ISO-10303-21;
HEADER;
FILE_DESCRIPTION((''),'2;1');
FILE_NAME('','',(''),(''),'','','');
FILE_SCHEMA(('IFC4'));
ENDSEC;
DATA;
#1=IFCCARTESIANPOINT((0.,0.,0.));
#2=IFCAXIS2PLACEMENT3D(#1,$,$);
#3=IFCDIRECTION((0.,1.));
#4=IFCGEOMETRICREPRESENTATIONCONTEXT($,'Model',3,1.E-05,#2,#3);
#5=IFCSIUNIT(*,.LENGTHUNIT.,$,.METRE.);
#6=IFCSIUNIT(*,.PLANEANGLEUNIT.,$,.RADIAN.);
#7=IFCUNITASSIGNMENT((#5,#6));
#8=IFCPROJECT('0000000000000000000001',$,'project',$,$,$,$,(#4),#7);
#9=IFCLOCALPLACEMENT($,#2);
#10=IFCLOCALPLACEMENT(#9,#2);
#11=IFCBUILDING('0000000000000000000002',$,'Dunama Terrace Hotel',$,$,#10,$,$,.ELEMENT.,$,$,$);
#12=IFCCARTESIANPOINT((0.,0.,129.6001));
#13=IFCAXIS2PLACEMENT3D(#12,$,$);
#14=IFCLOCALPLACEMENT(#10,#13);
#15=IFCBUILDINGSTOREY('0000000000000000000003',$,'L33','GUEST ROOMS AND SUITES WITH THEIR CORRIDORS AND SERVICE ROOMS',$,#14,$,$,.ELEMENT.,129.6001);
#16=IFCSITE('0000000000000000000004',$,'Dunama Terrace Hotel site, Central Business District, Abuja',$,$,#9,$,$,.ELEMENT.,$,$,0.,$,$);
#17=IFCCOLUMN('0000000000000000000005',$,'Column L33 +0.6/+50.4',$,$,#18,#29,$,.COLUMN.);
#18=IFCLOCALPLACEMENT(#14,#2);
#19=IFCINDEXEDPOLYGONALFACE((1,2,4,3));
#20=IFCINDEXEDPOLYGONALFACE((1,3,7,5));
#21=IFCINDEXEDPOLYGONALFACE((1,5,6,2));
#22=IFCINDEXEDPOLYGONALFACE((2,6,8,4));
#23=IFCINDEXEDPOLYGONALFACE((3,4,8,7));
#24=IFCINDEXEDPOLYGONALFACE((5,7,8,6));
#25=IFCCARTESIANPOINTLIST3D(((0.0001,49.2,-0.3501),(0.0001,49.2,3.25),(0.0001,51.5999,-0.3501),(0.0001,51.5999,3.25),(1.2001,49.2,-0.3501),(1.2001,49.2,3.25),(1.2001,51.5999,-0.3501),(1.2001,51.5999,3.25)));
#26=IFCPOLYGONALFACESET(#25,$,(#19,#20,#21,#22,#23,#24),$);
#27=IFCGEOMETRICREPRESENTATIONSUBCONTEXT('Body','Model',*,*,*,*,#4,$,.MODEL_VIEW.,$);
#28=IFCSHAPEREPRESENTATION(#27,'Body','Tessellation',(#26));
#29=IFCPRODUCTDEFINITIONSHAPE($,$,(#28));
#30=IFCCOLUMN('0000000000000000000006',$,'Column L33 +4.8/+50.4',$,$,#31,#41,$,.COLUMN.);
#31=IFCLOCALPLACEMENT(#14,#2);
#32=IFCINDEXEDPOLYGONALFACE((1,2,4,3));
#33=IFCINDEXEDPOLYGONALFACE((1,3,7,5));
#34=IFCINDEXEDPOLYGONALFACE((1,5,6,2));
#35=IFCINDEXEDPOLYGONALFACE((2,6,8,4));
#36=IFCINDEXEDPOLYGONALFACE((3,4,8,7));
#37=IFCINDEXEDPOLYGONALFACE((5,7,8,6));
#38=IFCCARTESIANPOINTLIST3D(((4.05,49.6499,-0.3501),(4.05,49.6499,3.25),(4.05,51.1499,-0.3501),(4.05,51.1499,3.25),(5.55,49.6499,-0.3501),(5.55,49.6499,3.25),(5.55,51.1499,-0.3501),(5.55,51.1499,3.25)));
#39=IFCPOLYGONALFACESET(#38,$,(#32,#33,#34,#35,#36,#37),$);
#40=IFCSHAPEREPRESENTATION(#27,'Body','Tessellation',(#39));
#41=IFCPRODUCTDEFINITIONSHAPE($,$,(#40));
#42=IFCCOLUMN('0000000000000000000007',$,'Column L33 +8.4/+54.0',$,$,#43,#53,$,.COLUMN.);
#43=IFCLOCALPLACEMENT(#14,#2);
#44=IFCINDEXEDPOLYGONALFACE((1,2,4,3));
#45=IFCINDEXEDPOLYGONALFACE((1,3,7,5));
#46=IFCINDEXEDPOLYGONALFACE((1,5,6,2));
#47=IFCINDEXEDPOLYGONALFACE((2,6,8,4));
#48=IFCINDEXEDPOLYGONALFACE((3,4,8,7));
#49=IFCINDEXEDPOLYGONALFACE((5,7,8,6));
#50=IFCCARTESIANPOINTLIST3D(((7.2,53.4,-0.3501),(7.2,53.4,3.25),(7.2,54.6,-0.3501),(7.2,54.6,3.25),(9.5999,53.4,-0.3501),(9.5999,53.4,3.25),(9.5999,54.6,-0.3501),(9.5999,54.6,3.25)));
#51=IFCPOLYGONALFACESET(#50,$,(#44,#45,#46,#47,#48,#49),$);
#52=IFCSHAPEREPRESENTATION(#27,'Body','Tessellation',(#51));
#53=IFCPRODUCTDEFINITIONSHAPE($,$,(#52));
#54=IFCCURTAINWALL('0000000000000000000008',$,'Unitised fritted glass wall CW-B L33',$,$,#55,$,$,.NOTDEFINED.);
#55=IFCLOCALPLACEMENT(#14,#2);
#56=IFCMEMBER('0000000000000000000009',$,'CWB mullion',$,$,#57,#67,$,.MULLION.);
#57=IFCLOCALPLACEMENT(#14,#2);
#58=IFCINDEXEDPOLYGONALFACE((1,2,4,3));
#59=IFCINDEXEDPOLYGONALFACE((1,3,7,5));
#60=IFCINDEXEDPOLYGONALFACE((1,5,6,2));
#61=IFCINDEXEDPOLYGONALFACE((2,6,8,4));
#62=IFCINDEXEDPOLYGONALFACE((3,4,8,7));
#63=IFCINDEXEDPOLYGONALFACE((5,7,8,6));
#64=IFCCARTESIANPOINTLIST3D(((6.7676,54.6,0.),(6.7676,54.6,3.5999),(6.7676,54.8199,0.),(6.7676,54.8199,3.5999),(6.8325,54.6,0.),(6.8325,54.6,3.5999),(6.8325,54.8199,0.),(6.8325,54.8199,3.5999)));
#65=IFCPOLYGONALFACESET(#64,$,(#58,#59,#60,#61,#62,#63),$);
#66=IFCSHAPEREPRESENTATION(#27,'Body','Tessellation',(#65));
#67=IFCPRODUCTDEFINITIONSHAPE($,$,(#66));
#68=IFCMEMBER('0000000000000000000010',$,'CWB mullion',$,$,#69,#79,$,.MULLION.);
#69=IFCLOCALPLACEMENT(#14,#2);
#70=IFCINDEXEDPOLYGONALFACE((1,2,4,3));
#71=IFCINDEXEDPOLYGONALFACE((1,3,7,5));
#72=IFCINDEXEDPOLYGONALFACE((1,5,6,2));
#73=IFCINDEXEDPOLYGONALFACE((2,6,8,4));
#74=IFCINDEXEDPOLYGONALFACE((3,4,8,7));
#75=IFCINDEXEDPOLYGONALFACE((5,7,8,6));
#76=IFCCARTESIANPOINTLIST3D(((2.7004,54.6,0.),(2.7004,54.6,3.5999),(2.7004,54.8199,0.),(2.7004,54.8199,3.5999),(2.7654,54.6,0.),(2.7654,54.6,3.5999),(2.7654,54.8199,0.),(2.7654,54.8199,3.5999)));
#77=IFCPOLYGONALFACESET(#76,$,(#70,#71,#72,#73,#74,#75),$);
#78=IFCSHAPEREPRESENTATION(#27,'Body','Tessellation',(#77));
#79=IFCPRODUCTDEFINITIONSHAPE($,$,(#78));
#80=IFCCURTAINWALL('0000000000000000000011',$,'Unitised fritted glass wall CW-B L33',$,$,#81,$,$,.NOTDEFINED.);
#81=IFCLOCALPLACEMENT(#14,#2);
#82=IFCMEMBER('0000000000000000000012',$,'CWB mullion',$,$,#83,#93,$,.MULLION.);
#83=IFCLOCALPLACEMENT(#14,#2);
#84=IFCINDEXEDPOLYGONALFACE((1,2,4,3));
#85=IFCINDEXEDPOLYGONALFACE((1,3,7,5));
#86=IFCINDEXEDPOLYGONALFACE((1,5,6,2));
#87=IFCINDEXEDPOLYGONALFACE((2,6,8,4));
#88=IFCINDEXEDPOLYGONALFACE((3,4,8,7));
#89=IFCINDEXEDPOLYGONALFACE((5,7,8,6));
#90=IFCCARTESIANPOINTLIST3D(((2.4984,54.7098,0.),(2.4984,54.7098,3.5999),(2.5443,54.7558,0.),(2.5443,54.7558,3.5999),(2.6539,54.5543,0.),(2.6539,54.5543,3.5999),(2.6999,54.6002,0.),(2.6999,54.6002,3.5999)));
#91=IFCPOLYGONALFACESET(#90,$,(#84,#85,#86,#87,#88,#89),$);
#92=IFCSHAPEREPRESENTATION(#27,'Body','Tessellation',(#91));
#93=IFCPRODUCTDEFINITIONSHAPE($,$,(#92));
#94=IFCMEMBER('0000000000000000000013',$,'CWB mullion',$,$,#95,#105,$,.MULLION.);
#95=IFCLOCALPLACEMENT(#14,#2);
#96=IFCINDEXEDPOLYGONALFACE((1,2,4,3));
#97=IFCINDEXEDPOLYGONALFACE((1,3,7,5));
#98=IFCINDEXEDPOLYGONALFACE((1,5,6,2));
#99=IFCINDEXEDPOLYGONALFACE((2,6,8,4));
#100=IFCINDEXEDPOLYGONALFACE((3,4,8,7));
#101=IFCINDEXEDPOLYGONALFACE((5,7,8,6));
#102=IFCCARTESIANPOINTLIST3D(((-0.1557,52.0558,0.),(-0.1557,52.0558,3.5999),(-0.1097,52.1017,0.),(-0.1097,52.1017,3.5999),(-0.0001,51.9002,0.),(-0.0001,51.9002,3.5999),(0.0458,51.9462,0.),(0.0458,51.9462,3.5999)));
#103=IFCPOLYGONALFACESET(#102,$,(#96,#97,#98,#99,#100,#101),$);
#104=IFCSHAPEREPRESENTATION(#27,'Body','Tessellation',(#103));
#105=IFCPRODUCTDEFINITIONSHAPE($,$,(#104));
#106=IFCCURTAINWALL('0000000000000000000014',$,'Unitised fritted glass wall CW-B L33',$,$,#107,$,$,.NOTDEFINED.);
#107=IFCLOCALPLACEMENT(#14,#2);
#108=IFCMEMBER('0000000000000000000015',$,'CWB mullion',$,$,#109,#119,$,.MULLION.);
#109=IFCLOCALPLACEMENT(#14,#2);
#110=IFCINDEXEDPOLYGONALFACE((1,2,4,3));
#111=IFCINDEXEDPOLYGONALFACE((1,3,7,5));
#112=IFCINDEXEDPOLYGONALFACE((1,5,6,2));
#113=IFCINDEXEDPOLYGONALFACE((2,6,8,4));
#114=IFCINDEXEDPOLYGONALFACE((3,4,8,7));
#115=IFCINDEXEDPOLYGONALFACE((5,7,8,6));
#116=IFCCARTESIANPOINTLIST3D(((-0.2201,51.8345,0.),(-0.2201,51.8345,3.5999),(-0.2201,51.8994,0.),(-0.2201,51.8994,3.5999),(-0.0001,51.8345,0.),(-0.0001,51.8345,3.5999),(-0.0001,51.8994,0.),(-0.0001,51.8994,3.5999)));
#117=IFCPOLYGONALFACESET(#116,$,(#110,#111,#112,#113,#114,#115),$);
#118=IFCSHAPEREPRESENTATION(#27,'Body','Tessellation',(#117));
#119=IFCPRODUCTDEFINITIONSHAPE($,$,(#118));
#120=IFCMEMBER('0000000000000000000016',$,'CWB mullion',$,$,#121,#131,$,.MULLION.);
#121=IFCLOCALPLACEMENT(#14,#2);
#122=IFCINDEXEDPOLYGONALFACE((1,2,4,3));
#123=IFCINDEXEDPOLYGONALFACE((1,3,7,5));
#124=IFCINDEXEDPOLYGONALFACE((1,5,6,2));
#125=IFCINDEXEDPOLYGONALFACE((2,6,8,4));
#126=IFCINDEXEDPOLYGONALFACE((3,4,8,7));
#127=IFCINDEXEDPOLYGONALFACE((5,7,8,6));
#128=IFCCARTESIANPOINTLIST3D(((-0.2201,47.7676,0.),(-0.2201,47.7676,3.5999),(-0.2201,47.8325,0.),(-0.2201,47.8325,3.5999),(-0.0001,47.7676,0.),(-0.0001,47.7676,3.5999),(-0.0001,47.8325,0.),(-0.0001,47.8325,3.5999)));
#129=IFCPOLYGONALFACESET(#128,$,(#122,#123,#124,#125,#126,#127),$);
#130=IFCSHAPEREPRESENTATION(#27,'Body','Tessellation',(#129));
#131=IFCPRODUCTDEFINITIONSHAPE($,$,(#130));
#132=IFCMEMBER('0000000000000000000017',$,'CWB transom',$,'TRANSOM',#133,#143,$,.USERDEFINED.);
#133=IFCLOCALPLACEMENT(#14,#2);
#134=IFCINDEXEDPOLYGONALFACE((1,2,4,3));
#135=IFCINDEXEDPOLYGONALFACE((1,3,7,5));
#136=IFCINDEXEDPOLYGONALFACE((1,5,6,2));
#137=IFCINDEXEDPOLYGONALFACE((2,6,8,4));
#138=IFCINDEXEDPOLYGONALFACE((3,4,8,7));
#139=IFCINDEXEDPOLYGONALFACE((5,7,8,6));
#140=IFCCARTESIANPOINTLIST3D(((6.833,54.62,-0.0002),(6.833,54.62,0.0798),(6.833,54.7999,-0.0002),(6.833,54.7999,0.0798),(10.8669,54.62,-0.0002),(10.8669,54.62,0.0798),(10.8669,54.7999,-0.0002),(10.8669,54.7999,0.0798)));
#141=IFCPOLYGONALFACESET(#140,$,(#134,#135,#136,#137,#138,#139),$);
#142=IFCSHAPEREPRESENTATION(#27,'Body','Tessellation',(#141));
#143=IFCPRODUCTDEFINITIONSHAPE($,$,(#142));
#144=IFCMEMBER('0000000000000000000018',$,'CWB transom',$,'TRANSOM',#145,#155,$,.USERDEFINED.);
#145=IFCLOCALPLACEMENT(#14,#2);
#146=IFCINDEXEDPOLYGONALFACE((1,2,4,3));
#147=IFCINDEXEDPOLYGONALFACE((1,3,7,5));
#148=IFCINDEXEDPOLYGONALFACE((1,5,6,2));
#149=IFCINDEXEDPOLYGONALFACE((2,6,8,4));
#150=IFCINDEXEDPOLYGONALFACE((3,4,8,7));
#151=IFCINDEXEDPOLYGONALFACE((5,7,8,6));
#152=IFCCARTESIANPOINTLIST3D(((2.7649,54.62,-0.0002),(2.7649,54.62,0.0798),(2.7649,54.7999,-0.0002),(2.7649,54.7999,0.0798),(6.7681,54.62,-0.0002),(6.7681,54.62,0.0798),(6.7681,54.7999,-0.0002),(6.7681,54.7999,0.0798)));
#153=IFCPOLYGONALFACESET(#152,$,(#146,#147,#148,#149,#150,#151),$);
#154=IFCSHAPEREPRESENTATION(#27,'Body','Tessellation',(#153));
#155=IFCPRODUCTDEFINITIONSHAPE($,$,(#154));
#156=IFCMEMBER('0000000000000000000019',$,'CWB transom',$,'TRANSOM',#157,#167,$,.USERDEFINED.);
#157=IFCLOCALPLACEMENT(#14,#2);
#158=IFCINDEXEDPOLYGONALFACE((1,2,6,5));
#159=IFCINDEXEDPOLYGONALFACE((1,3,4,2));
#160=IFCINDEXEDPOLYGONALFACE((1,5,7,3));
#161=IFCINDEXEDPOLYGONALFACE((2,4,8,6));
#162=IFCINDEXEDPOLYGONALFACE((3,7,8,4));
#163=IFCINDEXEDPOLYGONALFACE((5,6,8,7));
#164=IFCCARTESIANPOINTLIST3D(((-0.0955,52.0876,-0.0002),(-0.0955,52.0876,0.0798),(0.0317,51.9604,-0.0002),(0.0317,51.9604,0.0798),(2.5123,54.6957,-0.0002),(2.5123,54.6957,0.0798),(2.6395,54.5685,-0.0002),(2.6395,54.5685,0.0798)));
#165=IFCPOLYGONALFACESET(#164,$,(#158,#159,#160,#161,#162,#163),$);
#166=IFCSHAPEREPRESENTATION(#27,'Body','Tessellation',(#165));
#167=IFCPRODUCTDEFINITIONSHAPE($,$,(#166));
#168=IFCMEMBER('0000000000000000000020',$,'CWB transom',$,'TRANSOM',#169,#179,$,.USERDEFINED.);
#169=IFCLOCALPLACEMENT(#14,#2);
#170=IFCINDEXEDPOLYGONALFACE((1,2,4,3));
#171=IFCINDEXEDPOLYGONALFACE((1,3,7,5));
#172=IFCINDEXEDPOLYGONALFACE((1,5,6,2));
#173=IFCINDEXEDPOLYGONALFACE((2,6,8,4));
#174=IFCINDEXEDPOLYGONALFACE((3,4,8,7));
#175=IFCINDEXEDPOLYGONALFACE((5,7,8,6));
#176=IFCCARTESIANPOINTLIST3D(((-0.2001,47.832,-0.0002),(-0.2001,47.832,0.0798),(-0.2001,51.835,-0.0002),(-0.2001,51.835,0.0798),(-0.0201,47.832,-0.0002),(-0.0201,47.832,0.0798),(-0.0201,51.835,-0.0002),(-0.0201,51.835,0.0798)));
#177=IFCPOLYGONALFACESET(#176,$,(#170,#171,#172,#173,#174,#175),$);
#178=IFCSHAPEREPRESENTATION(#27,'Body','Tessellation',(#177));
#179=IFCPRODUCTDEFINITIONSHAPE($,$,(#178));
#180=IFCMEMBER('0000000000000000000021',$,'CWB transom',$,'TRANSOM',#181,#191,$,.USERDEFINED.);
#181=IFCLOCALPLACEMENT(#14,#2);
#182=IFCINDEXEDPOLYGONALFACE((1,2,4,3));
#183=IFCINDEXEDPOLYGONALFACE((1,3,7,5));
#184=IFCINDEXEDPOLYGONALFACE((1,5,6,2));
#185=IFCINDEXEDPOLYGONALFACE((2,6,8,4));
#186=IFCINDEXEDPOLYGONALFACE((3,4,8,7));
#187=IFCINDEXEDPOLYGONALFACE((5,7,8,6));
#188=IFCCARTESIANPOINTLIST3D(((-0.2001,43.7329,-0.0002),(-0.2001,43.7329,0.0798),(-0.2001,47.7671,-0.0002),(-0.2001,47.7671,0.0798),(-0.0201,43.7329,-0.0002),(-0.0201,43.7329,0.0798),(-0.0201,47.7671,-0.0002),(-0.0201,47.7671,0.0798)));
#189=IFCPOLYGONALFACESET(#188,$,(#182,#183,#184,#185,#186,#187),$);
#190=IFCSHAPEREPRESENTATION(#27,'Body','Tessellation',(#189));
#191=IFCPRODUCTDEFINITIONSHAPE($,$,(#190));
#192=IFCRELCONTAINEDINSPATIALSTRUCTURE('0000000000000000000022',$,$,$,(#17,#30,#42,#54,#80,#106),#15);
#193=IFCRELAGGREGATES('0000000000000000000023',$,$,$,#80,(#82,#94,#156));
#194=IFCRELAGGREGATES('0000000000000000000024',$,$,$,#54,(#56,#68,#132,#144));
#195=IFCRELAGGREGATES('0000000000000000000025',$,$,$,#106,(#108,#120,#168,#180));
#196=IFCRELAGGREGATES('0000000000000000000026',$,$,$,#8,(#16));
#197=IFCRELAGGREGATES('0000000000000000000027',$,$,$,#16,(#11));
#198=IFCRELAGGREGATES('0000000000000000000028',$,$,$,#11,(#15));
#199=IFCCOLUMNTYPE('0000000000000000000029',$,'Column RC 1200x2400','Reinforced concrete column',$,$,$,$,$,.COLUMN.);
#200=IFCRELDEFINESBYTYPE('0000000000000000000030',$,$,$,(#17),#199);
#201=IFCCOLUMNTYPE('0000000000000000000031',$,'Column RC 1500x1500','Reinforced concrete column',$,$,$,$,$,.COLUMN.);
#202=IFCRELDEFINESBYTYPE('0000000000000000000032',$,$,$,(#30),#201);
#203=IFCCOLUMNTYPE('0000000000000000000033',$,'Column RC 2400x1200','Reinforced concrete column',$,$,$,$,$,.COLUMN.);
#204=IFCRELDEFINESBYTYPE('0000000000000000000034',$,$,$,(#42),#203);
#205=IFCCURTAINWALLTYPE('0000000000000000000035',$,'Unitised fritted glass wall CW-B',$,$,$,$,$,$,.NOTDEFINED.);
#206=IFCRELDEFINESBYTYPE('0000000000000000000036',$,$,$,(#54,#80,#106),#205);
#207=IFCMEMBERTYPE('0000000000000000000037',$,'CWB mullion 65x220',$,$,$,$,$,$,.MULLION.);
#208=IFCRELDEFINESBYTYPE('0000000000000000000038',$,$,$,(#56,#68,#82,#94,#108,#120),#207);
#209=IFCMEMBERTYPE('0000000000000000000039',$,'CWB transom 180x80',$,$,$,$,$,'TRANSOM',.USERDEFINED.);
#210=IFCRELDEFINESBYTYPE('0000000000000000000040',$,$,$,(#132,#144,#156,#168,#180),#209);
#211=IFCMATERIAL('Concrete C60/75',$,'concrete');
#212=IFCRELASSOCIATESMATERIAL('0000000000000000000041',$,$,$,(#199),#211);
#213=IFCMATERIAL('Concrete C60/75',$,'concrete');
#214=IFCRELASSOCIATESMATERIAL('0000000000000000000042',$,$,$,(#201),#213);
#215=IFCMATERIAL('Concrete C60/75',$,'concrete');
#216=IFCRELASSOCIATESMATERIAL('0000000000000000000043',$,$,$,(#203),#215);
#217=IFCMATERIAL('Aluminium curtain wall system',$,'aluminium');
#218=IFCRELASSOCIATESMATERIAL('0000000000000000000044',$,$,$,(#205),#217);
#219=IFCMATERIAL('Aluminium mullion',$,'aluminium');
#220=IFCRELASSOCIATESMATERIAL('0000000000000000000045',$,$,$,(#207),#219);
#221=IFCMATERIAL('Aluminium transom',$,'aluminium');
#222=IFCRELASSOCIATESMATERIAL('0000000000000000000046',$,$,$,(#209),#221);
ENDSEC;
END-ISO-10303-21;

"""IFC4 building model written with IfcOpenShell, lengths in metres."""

from ifc_helpers import new_model, si_unit, direction, frame, origin, origin_2d, place, context, subcontext, project, spatial, rectangle, extrude, material, material_profile, profile_set, type_object, element, aggregate, save


model = new_model("IFC4")

# Units and contexts
model_context = context("Model", 3, precision=1e-05, world=origin(), true_north=direction((0.0, 1.0)))
body_context = subcontext(model_context, "Body", "Model", "MODEL_VIEW")
ifc_project = project(units=[si_unit("LENGTHUNIT", "METRE"), si_unit("PLANEANGLEUNIT", "RADIAN")], contexts=[model_context])

# Site, building, storey
site_placement = place(None, origin())
site = spatial("IfcSite", under=ifc_project, at=site_placement, Name="Dunama Terrace Hotel site, Central Business District, Abuja", CompositionType="ELEMENT", RefElevation=0.0)
building_placement = place(site_placement, origin())
building = spatial("IfcBuilding", under=site, at=building_placement, Name="Dunama Terrace Hotel", CompositionType="ELEMENT")
storey_placement = place(building_placement, frame((0.0, 0.0, 129.6001)))
storey = spatial("IfcBuildingStorey", under=building, at=storey_placement, Name="L33", Description="GUEST ROOMS AND SUITES WITH THEIR CORRIDORS AND SERVICE ROOMS", CompositionType="ELEMENT", Elevation=129.6001)

# Columns
ifc_material_1 = material(Name="Concrete C60/75", Category="concrete")
ifc_material_profile_1 = material_profile(ifc_material_1, rectangle(XDim=1.2, YDim=2.3999, at=origin_2d()), Name="RC 1200x2400")
ifc_profile_set_1 = profile_set([ifc_material_profile_1], Name="Concrete C60/75")
column_type_1 = type_object("IfcColumnType", Name="Column RC 1200x2400", Description="Reinforced concrete column", PredefinedType="COLUMN", material=ifc_profile_set_1)
column_1_placement = place(storey_placement, frame((0.6001, 50.3999, -0.3501), z_axis=(0.0, 0.0, 1.0), x_axis=(1.0, 0.0, 0.0)))
element("IfcColumn", 1, at=column_1_placement, inside=storey, type_object=column_type_1, Name="Column L33 +0.6/+50.4", PredefinedType="COLUMN", context=body_context, shape_type="SweptSolid", body=[
    extrude(rectangle(XDim=1.2, YDim=2.3999, at=origin_2d()), origin(), (0.0, 0.0, 1.0), 3.6001),
])
ifc_material_2 = material(Name="Concrete C60/75", Category="concrete")
ifc_material_profile_2 = material_profile(ifc_material_2, rectangle(XDim=1.5, YDim=1.5, at=origin_2d()), Name="RC 1500x1500")
ifc_profile_set_2 = profile_set([ifc_material_profile_2], Name="Concrete C60/75")
column_type_2 = type_object("IfcColumnType", Name="Column RC 1500x1500", Description="Reinforced concrete column", PredefinedType="COLUMN", material=ifc_profile_set_2)
column_2_placement = place(storey_placement, frame((4.8, 50.3999, -0.3501), z_axis=(0.0, 0.0, 1.0), x_axis=(1.0, 0.0, 0.0)))
element("IfcColumn", 2, at=column_2_placement, inside=storey, type_object=column_type_2, Name="Column L33 +4.8/+50.4", PredefinedType="COLUMN", context=body_context, shape_type="SweptSolid", body=[
    extrude(rectangle(XDim=1.5, YDim=1.5, at=origin_2d()), origin(), (0.0, 0.0, 1.0), 3.6001),
])
ifc_material_3 = material(Name="Concrete C60/75", Category="concrete")
ifc_material_profile_3 = material_profile(ifc_material_3, rectangle(XDim=2.3999, YDim=1.2, at=origin_2d()), Name="RC 2400x1200")
ifc_profile_set_3 = profile_set([ifc_material_profile_3], Name="Concrete C60/75")
column_type_3 = type_object("IfcColumnType", Name="Column RC 2400x1200", Description="Reinforced concrete column", PredefinedType="COLUMN", material=ifc_profile_set_3)
column_3_placement = place(storey_placement, frame((8.3999, 54.0, -0.3501), z_axis=(0.0, 0.0, 1.0), x_axis=(1.0, 0.0, 0.0)))
element("IfcColumn", 3, at=column_3_placement, inside=storey, type_object=column_type_3, Name="Column L33 +8.4/+54.0", PredefinedType="COLUMN", context=body_context, shape_type="SweptSolid", body=[
    extrude(rectangle(XDim=2.3999, YDim=1.2, at=origin_2d()), origin(), (0.0, 0.0, 1.0), 3.6001),
])

# Curtain walls, members
ifc_material_4 = material(Name="Aluminium curtain wall system", Category="aluminium")
curtain_wall_type = type_object("IfcCurtainWallType", Name="Unitised fritted glass wall CW-B", PredefinedType="NOTDEFINED", material=ifc_material_4)
curtain_wall_1_placement = place(storey_placement, origin())
curtain_wall_1 = element("IfcCurtainWall", 4, at=curtain_wall_1_placement, inside=storey, type_object=curtain_wall_type, Name="Unitised fritted glass wall CW-B L33", PredefinedType="NOTDEFINED")
ifc_material_5 = material(Name="Aluminium mullion", Category="aluminium")
ifc_material_profile_4 = material_profile(ifc_material_5, rectangle(XDim=0.0649, YDim=0.22, at=origin_2d()), Name="CWB MULLION 65X220")
ifc_profile_set_4 = profile_set([ifc_material_profile_4], Name="Aluminium mullion")
member_type_1 = type_object("IfcMemberType", Name="CWB mullion 65x220", PredefinedType="MULLION", material=ifc_profile_set_4)
member_1_placement = place(storey_placement, frame((6.8, 54.71, 0.0), z_axis=(0.0, 0.0, 1.0), x_axis=(-1.0, 0.0, 0.0)))
member_1 = element("IfcMember", 5, at=member_1_placement, type_object=member_type_1, Name="CWB mullion", PredefinedType="MULLION", context=body_context, shape_type="SweptSolid", body=[
    extrude(rectangle(XDim=0.0649, YDim=0.22, at=origin_2d()), origin(), (0.0, 0.0, 1.0), 3.5999),
])
member_2_placement = place(storey_placement, frame((2.7329, 54.71, 0.0), z_axis=(0.0, 0.0, 1.0), x_axis=(-1.0, 0.0, 0.0)))
member_2 = element("IfcMember", 6, at=member_2_placement, type_object=member_type_1, Name="CWB mullion", PredefinedType="MULLION", context=body_context, shape_type="SweptSolid", body=[
    extrude(rectangle(XDim=0.0649, YDim=0.22, at=origin_2d()), origin(), (0.0, 0.0, 1.0), 3.5999),
])
curtain_wall_2_placement = place(storey_placement, origin())
curtain_wall_2 = element("IfcCurtainWall", 7, at=curtain_wall_2_placement, inside=storey, type_object=curtain_wall_type, Name="Unitised fritted glass wall CW-B L33", PredefinedType="NOTDEFINED")
member_3_placement = place(storey_placement, frame((2.5991, 54.655, 0.0), z_axis=(0.0, 0.0, 1.0), x_axis=(-0.707107, -0.707107, 0.0)))
member_3 = element("IfcMember", 8, at=member_3_placement, type_object=member_type_1, Name="CWB mullion", PredefinedType="MULLION", context=body_context, shape_type="SweptSolid", body=[
    extrude(rectangle(XDim=0.0649, YDim=0.22, at=origin_2d()), origin(), (0.0, 0.0, 1.0), 3.5999),
])
member_4_placement = place(storey_placement, frame((-0.0549, 52.001, 0.0), z_axis=(0.0, 0.0, 1.0), x_axis=(-0.707107, -0.707107, 0.0)))
member_4 = element("IfcMember", 9, at=member_4_placement, type_object=member_type_1, Name="CWB mullion", PredefinedType="MULLION", context=body_context, shape_type="SweptSolid", body=[
    extrude(rectangle(XDim=0.0649, YDim=0.22, at=origin_2d()), origin(), (0.0, 0.0, 1.0), 3.5999),
])
curtain_wall_3_placement = place(storey_placement, origin())
curtain_wall_3 = element("IfcCurtainWall", 10, at=curtain_wall_3_placement, inside=storey, type_object=curtain_wall_type, Name="Unitised fritted glass wall CW-B L33", PredefinedType="NOTDEFINED")
member_5_placement = place(storey_placement, frame((-0.1101, 51.8669, 0.0), z_axis=(0.0, 0.0, 1.0), x_axis=(0.0, -1.0, 0.0)))
member_5 = element("IfcMember", 11, at=member_5_placement, type_object=member_type_1, Name="CWB mullion", PredefinedType="MULLION", context=body_context, shape_type="SweptSolid", body=[
    extrude(rectangle(XDim=0.0649, YDim=0.22, at=origin_2d()), origin(), (0.0, 0.0, 1.0), 3.5999),
])
member_6_placement = place(storey_placement, frame((-0.1101, 47.8, 0.0), z_axis=(0.0, 0.0, 1.0), x_axis=(0.0, -1.0, 0.0)))
member_6 = element("IfcMember", 12, at=member_6_placement, type_object=member_type_1, Name="CWB mullion", PredefinedType="MULLION", context=body_context, shape_type="SweptSolid", body=[
    extrude(rectangle(XDim=0.0649, YDim=0.22, at=origin_2d()), origin(), (0.0, 0.0, 1.0), 3.5999),
])

# Members
ifc_material_6 = material(Name="Aluminium transom", Category="aluminium")
ifc_material_profile_5 = material_profile(ifc_material_6, rectangle(XDim=0.1799, YDim=0.0801, at=origin_2d()), Name="CWB TRANSOM 180X80")
ifc_profile_set_5 = profile_set([ifc_material_profile_5], Name="Aluminium transom")
member_type_2 = type_object("IfcMemberType", Name="CWB transom 180x80", ElementType="TRANSOM", PredefinedType="USERDEFINED", material=ifc_profile_set_5)
member_7_placement = place(storey_placement, frame((10.8669, 54.71, 0.0398), z_axis=(-1.0, 0.0, 0.0), x_axis=(0.0, -1.0, 0.0)))
member_7 = element("IfcMember", 13, at=member_7_placement, type_object=member_type_2, Name="CWB transom", ObjectType="TRANSOM", PredefinedType="USERDEFINED", context=body_context, shape_type="SweptSolid", body=[
    extrude(rectangle(XDim=0.1799, YDim=0.0801, at=origin_2d()), origin(), (0.0, 0.0, 1.0), 4.0339),
])
member_8_placement = place(storey_placement, frame((6.7681, 54.71, 0.0398), z_axis=(-1.0, 0.0, 0.0), x_axis=(0.0, -1.0, 0.0)))
member_8 = element("IfcMember", 14, at=member_8_placement, type_object=member_type_2, Name="CWB transom", ObjectType="TRANSOM", PredefinedType="USERDEFINED", context=body_context, shape_type="SweptSolid", body=[
    extrude(rectangle(XDim=0.1799, YDim=0.0801, at=origin_2d()), origin(), (0.0, 0.0, 1.0), 4.0032),
])
member_9_placement = place(storey_placement, frame((2.5759, 54.6321, 0.0398), z_axis=(-0.707074, -0.70714, 0.0), x_axis=(0.70714, -0.707074, 0.0)))
member_9 = element("IfcMember", 15, at=member_9_placement, type_object=member_type_2, Name="CWB transom", ObjectType="TRANSOM", PredefinedType="USERDEFINED", context=body_context, shape_type="SweptSolid", body=[
    extrude(rectangle(XDim=0.1799, YDim=0.0801, at=origin_2d()), origin(), (0.0, 0.0, 1.0), 3.6882),
])
member_10_placement = place(storey_placement, frame((-0.1101, 51.835, 0.0398), z_axis=(0.0, -1.0, 0.0), x_axis=(1.0, 0.0, 0.0)))
member_10 = element("IfcMember", 16, at=member_10_placement, type_object=member_type_2, Name="CWB transom", ObjectType="TRANSOM", PredefinedType="USERDEFINED", context=body_context, shape_type="SweptSolid", body=[
    extrude(rectangle(XDim=0.1799, YDim=0.0801, at=origin_2d()), origin(), (0.0, 0.0, 1.0), 4.0029),
])
member_11_placement = place(storey_placement, frame((-0.1101, 47.7671, 0.0398), z_axis=(0.0, -1.0, 0.0), x_axis=(1.0, 0.0, 0.0)))
member_11 = element("IfcMember", 17, at=member_11_placement, type_object=member_type_2, Name="CWB transom", ObjectType="TRANSOM", PredefinedType="USERDEFINED", context=body_context, shape_type="SweptSolid", body=[
    extrude(rectangle(XDim=0.1799, YDim=0.0801, at=origin_2d()), origin(), (0.0, 0.0, 1.0), 4.0342),
])

aggregate(curtain_wall_2, [member_3, member_4, member_9])
aggregate(curtain_wall_1, [member_1, member_2, member_7, member_8])
aggregate(curtain_wall_3, [member_5, member_6, member_10, member_11])

save(model, "model.ifc")
